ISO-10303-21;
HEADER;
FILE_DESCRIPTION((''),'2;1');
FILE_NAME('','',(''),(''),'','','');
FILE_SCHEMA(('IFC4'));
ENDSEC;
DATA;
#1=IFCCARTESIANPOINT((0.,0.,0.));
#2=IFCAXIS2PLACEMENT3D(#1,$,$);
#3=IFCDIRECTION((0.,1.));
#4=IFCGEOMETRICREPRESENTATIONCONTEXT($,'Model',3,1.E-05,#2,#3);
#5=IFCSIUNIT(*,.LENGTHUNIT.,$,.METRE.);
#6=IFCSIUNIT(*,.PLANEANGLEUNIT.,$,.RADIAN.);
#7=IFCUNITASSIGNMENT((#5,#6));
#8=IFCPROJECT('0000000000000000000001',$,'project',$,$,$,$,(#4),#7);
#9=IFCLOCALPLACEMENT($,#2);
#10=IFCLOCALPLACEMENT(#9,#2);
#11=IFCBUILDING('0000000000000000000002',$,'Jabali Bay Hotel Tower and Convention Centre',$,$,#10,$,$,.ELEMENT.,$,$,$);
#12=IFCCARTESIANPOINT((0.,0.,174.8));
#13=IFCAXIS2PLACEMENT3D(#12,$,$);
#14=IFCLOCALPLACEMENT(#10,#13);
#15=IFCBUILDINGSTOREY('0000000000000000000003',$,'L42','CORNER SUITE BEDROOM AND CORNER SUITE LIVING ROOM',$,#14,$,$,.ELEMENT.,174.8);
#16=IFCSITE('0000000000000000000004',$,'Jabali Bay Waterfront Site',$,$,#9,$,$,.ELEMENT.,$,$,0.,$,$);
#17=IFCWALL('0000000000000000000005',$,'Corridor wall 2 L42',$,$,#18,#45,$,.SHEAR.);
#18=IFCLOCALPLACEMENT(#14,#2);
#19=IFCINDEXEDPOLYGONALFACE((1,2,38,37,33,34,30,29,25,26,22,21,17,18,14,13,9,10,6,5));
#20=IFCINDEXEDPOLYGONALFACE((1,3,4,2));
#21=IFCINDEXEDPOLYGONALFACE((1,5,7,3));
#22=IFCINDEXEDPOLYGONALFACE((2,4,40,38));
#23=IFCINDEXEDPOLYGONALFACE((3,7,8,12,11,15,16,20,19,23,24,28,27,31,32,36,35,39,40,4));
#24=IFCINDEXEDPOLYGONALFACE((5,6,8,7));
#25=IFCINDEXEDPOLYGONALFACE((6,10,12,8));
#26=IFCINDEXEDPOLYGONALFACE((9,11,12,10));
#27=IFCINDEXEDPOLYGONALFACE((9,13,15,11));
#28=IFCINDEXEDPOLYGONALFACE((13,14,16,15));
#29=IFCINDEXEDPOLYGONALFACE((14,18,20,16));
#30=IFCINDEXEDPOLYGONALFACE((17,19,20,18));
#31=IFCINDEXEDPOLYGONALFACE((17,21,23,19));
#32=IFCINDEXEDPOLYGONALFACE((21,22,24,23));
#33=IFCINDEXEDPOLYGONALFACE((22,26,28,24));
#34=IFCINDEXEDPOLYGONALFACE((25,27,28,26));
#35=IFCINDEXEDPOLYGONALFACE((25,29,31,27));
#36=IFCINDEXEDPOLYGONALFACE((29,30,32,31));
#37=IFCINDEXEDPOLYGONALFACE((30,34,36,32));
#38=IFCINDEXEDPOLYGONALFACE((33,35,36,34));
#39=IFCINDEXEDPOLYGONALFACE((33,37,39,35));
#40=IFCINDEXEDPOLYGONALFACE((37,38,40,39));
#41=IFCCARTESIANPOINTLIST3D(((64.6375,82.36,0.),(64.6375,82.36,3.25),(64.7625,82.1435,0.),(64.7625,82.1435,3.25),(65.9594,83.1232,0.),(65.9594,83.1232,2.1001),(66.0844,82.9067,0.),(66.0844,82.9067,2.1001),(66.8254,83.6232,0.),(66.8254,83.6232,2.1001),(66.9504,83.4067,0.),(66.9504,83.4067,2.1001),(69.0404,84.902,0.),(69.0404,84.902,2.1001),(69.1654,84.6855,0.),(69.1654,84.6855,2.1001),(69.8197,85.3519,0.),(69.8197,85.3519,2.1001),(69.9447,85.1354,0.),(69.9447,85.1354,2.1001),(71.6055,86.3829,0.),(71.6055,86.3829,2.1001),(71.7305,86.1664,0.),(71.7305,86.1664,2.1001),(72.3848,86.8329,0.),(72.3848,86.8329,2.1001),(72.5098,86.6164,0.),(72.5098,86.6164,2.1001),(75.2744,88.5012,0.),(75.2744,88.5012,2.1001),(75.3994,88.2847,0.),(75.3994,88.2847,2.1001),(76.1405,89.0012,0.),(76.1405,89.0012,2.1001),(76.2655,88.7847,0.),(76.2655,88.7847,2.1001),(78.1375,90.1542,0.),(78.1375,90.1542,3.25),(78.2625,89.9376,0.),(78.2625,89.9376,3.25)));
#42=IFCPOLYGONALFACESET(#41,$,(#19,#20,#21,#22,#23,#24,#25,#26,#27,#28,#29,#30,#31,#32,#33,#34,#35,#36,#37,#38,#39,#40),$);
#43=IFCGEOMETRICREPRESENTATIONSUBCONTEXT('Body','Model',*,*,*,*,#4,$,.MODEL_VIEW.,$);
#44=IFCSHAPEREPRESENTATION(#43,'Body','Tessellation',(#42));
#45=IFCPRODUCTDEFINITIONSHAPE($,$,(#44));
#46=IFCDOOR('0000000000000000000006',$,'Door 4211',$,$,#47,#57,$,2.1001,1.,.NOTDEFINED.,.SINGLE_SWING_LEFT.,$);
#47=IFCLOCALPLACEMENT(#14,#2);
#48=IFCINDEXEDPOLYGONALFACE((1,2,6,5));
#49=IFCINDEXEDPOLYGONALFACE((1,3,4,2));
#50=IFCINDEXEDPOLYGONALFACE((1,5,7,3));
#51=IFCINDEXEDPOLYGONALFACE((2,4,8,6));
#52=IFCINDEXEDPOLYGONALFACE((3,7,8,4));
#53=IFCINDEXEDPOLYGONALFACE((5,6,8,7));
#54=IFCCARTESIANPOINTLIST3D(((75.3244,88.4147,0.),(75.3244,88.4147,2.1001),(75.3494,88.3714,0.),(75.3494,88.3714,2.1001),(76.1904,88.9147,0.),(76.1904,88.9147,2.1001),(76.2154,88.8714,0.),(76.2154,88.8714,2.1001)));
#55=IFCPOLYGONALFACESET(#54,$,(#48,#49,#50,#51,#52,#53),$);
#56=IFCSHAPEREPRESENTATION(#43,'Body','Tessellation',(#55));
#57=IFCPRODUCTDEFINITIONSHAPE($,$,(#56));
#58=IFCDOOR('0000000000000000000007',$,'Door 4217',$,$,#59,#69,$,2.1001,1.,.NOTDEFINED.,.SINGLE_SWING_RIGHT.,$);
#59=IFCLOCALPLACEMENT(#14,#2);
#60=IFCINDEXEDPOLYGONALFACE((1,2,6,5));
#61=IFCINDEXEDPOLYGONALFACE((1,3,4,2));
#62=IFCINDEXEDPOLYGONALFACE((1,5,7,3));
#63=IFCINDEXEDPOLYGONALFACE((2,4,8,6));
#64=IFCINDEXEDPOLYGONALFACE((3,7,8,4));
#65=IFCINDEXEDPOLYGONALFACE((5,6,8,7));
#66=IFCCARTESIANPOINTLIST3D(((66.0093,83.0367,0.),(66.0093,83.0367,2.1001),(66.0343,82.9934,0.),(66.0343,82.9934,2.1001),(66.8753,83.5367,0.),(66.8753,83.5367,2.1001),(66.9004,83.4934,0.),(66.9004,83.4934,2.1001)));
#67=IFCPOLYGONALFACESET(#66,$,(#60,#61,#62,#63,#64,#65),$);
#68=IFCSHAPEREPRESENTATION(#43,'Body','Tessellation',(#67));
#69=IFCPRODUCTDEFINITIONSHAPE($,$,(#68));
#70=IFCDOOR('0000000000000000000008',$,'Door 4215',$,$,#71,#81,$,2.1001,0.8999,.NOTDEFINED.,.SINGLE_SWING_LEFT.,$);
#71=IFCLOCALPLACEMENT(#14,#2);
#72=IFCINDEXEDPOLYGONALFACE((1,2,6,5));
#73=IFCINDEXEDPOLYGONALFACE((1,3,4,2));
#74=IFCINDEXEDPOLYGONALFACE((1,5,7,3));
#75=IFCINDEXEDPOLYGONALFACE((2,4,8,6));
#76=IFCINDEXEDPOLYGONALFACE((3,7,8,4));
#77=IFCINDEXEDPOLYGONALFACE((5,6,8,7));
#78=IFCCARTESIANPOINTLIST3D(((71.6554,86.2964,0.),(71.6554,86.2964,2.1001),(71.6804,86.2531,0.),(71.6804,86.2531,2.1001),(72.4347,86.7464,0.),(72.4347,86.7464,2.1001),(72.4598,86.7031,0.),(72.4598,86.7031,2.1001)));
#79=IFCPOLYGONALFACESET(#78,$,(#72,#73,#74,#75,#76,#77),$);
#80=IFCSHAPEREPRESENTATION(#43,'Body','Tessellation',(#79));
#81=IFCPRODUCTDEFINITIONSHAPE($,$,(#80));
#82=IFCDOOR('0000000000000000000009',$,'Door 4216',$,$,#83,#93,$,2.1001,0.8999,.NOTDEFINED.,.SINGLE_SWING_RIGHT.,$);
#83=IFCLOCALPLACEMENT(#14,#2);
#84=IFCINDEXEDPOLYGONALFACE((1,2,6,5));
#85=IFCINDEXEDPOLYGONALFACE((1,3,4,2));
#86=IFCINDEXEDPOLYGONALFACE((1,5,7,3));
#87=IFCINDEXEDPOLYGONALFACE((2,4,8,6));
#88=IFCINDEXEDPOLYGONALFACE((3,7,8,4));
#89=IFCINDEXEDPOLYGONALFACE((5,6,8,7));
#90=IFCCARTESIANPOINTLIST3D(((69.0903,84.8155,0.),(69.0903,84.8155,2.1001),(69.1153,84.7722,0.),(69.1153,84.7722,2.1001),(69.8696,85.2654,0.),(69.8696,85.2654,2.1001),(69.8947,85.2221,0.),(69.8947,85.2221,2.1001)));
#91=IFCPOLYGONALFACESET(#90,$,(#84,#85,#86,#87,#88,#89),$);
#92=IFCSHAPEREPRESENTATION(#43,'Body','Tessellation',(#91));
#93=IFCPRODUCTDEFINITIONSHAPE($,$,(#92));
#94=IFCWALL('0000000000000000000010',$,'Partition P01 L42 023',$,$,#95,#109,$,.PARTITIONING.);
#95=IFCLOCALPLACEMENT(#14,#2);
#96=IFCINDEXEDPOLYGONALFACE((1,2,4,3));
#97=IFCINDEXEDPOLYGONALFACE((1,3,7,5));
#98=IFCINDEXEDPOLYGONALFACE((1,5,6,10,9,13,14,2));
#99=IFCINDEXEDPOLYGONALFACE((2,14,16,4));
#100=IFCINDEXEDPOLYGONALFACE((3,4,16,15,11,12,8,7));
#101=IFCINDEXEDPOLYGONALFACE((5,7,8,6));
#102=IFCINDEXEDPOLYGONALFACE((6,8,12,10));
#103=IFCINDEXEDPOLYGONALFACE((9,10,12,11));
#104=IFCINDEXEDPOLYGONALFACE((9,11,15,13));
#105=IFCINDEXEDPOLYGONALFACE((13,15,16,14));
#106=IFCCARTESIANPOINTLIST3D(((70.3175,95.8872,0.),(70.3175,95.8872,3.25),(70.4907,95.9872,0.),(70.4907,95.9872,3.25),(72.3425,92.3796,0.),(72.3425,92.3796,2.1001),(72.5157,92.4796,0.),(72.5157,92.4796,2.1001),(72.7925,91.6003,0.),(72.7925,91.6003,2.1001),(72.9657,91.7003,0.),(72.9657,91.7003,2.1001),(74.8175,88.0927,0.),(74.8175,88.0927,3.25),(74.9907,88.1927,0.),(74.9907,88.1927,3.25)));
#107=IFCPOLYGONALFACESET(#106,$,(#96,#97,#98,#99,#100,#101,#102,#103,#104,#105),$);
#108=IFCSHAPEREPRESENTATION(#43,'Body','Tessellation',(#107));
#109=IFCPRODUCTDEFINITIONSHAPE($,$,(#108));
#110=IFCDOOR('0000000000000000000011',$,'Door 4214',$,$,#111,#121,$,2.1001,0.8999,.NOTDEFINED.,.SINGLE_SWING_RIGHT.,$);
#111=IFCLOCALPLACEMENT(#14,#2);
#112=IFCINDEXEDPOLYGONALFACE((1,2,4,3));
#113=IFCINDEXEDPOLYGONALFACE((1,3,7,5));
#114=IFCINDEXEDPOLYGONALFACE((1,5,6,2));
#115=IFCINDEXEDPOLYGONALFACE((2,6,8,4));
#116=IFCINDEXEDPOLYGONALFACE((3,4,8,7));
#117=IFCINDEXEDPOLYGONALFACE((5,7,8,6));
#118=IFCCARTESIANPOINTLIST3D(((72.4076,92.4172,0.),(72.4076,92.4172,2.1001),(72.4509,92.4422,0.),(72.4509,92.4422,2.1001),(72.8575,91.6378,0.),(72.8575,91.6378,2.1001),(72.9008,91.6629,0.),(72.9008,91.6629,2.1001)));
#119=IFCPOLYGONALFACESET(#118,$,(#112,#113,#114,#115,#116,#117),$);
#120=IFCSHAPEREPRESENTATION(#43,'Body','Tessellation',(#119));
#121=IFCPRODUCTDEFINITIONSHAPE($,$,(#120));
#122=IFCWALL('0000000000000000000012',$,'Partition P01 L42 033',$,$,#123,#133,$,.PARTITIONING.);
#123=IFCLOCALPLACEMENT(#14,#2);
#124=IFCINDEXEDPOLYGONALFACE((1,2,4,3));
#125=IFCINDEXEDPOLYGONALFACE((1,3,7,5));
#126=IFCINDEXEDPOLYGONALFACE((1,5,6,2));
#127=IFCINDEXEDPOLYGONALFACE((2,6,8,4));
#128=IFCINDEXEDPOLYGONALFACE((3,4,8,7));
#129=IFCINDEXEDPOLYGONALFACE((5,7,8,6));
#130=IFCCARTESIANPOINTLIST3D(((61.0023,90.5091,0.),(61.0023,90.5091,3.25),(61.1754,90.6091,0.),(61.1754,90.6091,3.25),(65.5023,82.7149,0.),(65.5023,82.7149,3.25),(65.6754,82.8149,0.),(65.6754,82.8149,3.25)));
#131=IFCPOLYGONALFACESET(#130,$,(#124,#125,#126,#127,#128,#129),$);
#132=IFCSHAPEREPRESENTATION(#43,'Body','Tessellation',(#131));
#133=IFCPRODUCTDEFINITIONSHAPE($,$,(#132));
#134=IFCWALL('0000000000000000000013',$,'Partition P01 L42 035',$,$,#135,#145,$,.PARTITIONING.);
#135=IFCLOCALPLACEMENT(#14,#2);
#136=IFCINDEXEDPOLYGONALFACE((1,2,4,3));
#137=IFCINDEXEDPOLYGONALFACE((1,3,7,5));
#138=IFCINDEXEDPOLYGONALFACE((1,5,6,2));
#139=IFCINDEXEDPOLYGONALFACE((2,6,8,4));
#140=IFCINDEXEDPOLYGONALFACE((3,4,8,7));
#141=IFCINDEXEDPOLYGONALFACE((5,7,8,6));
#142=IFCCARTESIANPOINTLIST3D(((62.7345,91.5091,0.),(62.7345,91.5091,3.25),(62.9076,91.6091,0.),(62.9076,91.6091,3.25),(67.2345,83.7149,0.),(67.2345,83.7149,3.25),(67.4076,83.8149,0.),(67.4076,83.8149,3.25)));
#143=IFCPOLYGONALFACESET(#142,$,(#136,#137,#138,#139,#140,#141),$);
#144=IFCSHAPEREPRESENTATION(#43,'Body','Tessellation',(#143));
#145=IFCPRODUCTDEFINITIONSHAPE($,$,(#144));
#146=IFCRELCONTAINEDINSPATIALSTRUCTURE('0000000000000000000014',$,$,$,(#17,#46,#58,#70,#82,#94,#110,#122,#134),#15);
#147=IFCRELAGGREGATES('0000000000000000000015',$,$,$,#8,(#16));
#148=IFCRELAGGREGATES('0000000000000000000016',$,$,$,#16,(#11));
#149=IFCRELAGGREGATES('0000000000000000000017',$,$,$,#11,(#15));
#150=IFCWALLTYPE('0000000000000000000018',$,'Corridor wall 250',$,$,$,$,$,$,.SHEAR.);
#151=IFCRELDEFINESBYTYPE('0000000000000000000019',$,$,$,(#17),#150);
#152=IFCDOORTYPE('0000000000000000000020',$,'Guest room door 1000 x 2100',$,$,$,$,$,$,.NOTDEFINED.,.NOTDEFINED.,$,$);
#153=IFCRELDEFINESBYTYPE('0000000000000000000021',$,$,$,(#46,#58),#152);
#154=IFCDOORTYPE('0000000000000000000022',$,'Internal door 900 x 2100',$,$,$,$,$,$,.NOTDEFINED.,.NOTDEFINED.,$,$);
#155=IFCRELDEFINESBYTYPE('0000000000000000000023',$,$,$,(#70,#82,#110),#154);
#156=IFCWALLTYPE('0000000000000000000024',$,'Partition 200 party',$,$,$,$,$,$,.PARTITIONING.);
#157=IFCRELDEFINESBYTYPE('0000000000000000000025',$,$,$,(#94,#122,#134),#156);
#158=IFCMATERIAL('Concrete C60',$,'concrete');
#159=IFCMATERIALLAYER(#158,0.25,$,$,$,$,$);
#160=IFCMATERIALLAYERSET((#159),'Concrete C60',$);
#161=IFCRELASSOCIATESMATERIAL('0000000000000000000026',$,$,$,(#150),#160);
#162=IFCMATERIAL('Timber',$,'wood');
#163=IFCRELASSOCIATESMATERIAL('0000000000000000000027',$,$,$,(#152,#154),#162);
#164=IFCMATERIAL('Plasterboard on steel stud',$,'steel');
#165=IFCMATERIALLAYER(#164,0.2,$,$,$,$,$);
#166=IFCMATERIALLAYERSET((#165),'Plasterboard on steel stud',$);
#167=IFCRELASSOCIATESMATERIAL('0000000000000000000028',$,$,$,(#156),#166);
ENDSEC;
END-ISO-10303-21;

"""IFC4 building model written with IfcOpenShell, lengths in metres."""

from ifc_helpers import new_model, si_unit, direction, frame, frame_2d, origin, place, context, subcontext, project, spatial, rectangle, extrude, material, layer, layer_set, type_object, element, fill, save


model = new_model("IFC4")

# Units and contexts
model_context = context("Model", 3, precision=1e-05, world=origin(), true_north=direction((0.0, 1.0)))
body_context = subcontext(model_context, "Body", "Model", "MODEL_VIEW")
ifc_project = project(units=[si_unit("LENGTHUNIT", "METRE"), si_unit("PLANEANGLEUNIT", "RADIAN")], contexts=[model_context])

# Site, building, storey
site_placement = place(None, origin())
site = spatial("IfcSite", under=ifc_project, at=site_placement, Name="Jabali Bay Waterfront Site", CompositionType="ELEMENT", RefElevation=0.0)
building_placement = place(site_placement, origin())
building = spatial("IfcBuilding", under=site, at=building_placement, Name="Jabali Bay Hotel Tower and Convention Centre", CompositionType="ELEMENT")
storey_placement = place(building_placement, frame((0.0, 0.0, 174.8)))
storey = spatial("IfcBuildingStorey", under=building, at=storey_placement, Name="L42", Description="CORNER SUITE BEDROOM AND CORNER SUITE LIVING ROOM", CompositionType="ELEMENT", Elevation=174.8)

# Shared definitions
ifc_material_1 = material(Name="Concrete C60", Category="concrete")

# Wall, openings, doors
ifc_layer_1 = layer(ifc_material_1, 0.25)
ifc_layer_set_1 = layer_set([ifc_layer_1], Name="Concrete C60")
wall_type_1 = type_object("IfcWallType", Name="Corridor wall 250", PredefinedType="SHEAR", material=ifc_layer_set_1)
wall_1_placement = place(storey_placement, frame((78.2, 90.0459, 0.0), z_axis=(0.0, 0.0, 1.0), x_axis=(-0.866026, -0.499998, 0.0)))
wall_1 = element("IfcWall", 1, at=wall_1_placement, inside=storey, type_object=wall_type_1, Name="Corridor wall 2 L42", PredefinedType="SHEAR", context=body_context, shape_type="SweptSolid", body=[
    extrude(rectangle(XDim=15.5884, YDim=0.25, at=frame_2d((7.7942, 0.0))), origin(), (0.0, 0.0, 1.0), 3.25),
])
opening_1_placement = place(wall_1_placement, frame((2.3059, 0.0, 0.0)))
opening_1 = element("IfcOpeningElement", 2, at=opening_1_placement, cuts=wall_1, PredefinedType="OPENING", context=body_context, shape_type="SweptSolid", body=[
    extrude(rectangle(XDim=1.0, YDim=2.1001, at=frame_2d((0.5, 1.05))), frame((0.0, 0.1355, 0.0), z_axis=(0.0, -1.0, 0.0), x_axis=(1.0, 0.0, 0.0)), (0.0, 0.0, 1.0), 0.271),
])
opening_2_placement = place(wall_1_placement, frame((6.6426, 0.0, 0.0)))
opening_2 = element("IfcOpeningElement", 3, at=opening_2_placement, cuts=wall_1, PredefinedType="OPENING", context=body_context, shape_type="SweptSolid", body=[
    extrude(rectangle(XDim=0.8999, YDim=2.1001, at=frame_2d((0.45, 1.05))), frame((0.0, 0.1355, 0.0), z_axis=(0.0, -1.0, 0.0), x_axis=(1.0, 0.0, 0.0)), (0.0, 0.0, 1.0), 0.271),
])
opening_3_placement = place(wall_1_placement, frame((9.6045, 0.0, 0.0)))
opening_3 = element("IfcOpeningElement", 4, at=opening_3_placement, cuts=wall_1, PredefinedType="OPENING", context=body_context, shape_type="SweptSolid", body=[
    extrude(rectangle(XDim=0.8999, YDim=2.1001, at=frame_2d((0.45, 1.05))), frame((0.0, 0.1355, 0.0), z_axis=(0.0, -1.0, 0.0), x_axis=(1.0, 0.0, 0.0)), (0.0, 0.0, 1.0), 0.271),
])
opening_4_placement = place(wall_1_placement, frame((13.062, 0.0, 0.0)))
opening_4 = element("IfcOpeningElement", 5, at=opening_4_placement, cuts=wall_1, PredefinedType="OPENING", context=body_context, shape_type="SweptSolid", body=[
    extrude(rectangle(XDim=1.0, YDim=2.1001, at=frame_2d((0.5, 1.05))), frame((0.0, 0.1355, 0.0), z_axis=(0.0, -1.0, 0.0), x_axis=(1.0, 0.0, 0.0)), (0.0, 0.0, 1.0), 0.271),
])
ifc_material_2 = material(Name="Timber", Category="wood")
door_type_1 = type_object("IfcDoorType", Name="Guest room door 1000 x 2100", OperationType="NOTDEFINED", PredefinedType="NOTDEFINED", material=ifc_material_2)
door_1_placement = place(opening_1_placement, origin())
door_1 = element("IfcDoor", 6, at=door_1_placement, inside=storey, type_object=door_type_1, Name="Door 4211", OperationType="SINGLE_SWING_LEFT", OverallHeight=2.1001, OverallWidth=1.0, PredefinedType="NOTDEFINED", context=body_context, shape_type="SweptSolid", body=[
    extrude(rectangle(XDim=1.0, YDim=2.1001, at=frame_2d((0.5, 1.05))), frame((0.0, 0.0249, 0.0), z_axis=(0.0, -1.0, 0.0), x_axis=(1.0, 0.0, 0.0)), (0.0, 0.0, 1.0), 0.05),
])
fill(opening_1, door_1)
door_2_placement = place(opening_4_placement, origin())
door_2 = element("IfcDoor", 7, at=door_2_placement, inside=storey, type_object=door_type_1, Name="Door 4217", OperationType="SINGLE_SWING_RIGHT", OverallHeight=2.1001, OverallWidth=1.0, PredefinedType="NOTDEFINED", context=body_context, shape_type="SweptSolid", body=[
    extrude(rectangle(XDim=1.0, YDim=2.1001, at=frame_2d((0.5, 1.05))), frame((0.0, 0.0249, 0.0), z_axis=(0.0, -1.0, 0.0), x_axis=(1.0, 0.0, 0.0)), (0.0, 0.0, 1.0), 0.05),
])
fill(opening_4, door_2)
door_type_2 = type_object("IfcDoorType", Name="Internal door 900 x 2100", OperationType="NOTDEFINED", PredefinedType="NOTDEFINED", material=ifc_material_2)
door_3_placement = place(opening_2_placement, origin())
door_3 = element("IfcDoor", 8, at=door_3_placement, inside=storey, type_object=door_type_2, Name="Door 4215", OperationType="SINGLE_SWING_LEFT", OverallHeight=2.1001, OverallWidth=0.8999, PredefinedType="NOTDEFINED", context=body_context, shape_type="SweptSolid", body=[
    extrude(rectangle(XDim=0.8999, YDim=2.1001, at=frame_2d((0.45, 1.05))), frame((0.0, 0.0249, 0.0), z_axis=(0.0, -1.0, 0.0), x_axis=(1.0, 0.0, 0.0)), (0.0, 0.0, 1.0), 0.05),
])
fill(opening_2, door_3)
door_4_placement = place(opening_3_placement, origin())
door_4 = element("IfcDoor", 9, at=door_4_placement, inside=storey, type_object=door_type_2, Name="Door 4216", OperationType="SINGLE_SWING_RIGHT", OverallHeight=2.1001, OverallWidth=0.8999, PredefinedType="NOTDEFINED", context=body_context, shape_type="SweptSolid", body=[
    extrude(rectangle(XDim=0.8999, YDim=2.1001, at=frame_2d((0.45, 1.05))), frame((0.0, 0.0249, 0.0), z_axis=(0.0, -1.0, 0.0), x_axis=(1.0, 0.0, 0.0)), (0.0, 0.0, 1.0), 0.05),
])
fill(opening_3, door_4)

# Wall, opening, door
ifc_material_3 = material(Name="Plasterboard on steel stud", Category="steel")
ifc_layer_2 = layer(ifc_material_3, 0.2)
ifc_layer_set_2 = layer_set([ifc_layer_2], Name="Plasterboard on steel stud")
wall_type_2 = type_object("IfcWallType", Name="Partition 200 party", PredefinedType="PARTITIONING", material=ifc_layer_set_2)
wall_2_placement = place(storey_placement, frame((74.9041, 88.1428, 0.0), z_axis=(0.0, 0.0, 1.0), x_axis=(-0.49999, 0.866031, 0.0)))
wall_2 = element("IfcWall", 10, at=wall_2_placement, inside=storey, type_object=wall_type_2, Name="Partition P01 L42 023", PredefinedType="PARTITIONING", context=body_context, shape_type="SweptSolid", body=[
    extrude(rectangle(XDim=9.0002, YDim=0.2, at=frame_2d((4.5, 0.0))), origin(), (0.0, 0.0, 1.0), 3.25),
])
opening_5_placement = place(wall_2_placement, frame((4.05, 0.0, 0.0)))
opening_5 = element("IfcOpeningElement", 11, at=opening_5_placement, cuts=wall_2, PredefinedType="OPENING", context=body_context, shape_type="SweptSolid", body=[
    extrude(rectangle(XDim=0.8999, YDim=2.1001, at=frame_2d((0.45, 1.05))), frame((0.0, 0.1104, 0.0), z_axis=(0.0, -1.0, 0.0), x_axis=(1.0, 0.0, 0.0)), (0.0, 0.0, 1.0), 0.2209),
])
door_5_placement = place(opening_5_placement, origin())
door_5 = element("IfcDoor", 12, at=door_5_placement, inside=storey, type_object=door_type_2, Name="Door 4214", OperationType="SINGLE_SWING_RIGHT", OverallHeight=2.1001, OverallWidth=0.8999, PredefinedType="NOTDEFINED", context=body_context, shape_type="SweptSolid", body=[
    extrude(rectangle(XDim=0.8999, YDim=2.1001, at=frame_2d((0.45, 1.05))), frame((0.0, 0.0249, 0.0), z_axis=(0.0, -1.0, 0.0), x_axis=(1.0, 0.0, 0.0)), (0.0, 0.0, 1.0), 0.05),
])
fill(opening_5, door_5)

# Walls
for number, where, z_axis, x_axis, name in (
    (13, (65.5889, 82.7649, 0.0), (0.0, 0.0, 1.0), (-0.500002, 0.866024, 0.0), "Partition P01 L42 033"),
    (14, (62.821, 91.5591, 0.0), (0.0, 0.0, 1.0), (0.500002, -0.866024, 0.0), "Partition P01 L42 035"),
):
    element("IfcWall", number, at=place(storey_placement, frame(where, z_axis=z_axis, x_axis=x_axis)), inside=storey, type_object=wall_type_2, Name=name, PredefinedType="PARTITIONING", context=body_context, shape_type="SweptSolid", body=[
        extrude(rectangle(XDim=9.0, YDim=0.2, at=frame_2d((4.5, 0.0))), origin(), (0.0, 0.0, 1.0), 3.25),
    ])

save(model, "model.ifc")
